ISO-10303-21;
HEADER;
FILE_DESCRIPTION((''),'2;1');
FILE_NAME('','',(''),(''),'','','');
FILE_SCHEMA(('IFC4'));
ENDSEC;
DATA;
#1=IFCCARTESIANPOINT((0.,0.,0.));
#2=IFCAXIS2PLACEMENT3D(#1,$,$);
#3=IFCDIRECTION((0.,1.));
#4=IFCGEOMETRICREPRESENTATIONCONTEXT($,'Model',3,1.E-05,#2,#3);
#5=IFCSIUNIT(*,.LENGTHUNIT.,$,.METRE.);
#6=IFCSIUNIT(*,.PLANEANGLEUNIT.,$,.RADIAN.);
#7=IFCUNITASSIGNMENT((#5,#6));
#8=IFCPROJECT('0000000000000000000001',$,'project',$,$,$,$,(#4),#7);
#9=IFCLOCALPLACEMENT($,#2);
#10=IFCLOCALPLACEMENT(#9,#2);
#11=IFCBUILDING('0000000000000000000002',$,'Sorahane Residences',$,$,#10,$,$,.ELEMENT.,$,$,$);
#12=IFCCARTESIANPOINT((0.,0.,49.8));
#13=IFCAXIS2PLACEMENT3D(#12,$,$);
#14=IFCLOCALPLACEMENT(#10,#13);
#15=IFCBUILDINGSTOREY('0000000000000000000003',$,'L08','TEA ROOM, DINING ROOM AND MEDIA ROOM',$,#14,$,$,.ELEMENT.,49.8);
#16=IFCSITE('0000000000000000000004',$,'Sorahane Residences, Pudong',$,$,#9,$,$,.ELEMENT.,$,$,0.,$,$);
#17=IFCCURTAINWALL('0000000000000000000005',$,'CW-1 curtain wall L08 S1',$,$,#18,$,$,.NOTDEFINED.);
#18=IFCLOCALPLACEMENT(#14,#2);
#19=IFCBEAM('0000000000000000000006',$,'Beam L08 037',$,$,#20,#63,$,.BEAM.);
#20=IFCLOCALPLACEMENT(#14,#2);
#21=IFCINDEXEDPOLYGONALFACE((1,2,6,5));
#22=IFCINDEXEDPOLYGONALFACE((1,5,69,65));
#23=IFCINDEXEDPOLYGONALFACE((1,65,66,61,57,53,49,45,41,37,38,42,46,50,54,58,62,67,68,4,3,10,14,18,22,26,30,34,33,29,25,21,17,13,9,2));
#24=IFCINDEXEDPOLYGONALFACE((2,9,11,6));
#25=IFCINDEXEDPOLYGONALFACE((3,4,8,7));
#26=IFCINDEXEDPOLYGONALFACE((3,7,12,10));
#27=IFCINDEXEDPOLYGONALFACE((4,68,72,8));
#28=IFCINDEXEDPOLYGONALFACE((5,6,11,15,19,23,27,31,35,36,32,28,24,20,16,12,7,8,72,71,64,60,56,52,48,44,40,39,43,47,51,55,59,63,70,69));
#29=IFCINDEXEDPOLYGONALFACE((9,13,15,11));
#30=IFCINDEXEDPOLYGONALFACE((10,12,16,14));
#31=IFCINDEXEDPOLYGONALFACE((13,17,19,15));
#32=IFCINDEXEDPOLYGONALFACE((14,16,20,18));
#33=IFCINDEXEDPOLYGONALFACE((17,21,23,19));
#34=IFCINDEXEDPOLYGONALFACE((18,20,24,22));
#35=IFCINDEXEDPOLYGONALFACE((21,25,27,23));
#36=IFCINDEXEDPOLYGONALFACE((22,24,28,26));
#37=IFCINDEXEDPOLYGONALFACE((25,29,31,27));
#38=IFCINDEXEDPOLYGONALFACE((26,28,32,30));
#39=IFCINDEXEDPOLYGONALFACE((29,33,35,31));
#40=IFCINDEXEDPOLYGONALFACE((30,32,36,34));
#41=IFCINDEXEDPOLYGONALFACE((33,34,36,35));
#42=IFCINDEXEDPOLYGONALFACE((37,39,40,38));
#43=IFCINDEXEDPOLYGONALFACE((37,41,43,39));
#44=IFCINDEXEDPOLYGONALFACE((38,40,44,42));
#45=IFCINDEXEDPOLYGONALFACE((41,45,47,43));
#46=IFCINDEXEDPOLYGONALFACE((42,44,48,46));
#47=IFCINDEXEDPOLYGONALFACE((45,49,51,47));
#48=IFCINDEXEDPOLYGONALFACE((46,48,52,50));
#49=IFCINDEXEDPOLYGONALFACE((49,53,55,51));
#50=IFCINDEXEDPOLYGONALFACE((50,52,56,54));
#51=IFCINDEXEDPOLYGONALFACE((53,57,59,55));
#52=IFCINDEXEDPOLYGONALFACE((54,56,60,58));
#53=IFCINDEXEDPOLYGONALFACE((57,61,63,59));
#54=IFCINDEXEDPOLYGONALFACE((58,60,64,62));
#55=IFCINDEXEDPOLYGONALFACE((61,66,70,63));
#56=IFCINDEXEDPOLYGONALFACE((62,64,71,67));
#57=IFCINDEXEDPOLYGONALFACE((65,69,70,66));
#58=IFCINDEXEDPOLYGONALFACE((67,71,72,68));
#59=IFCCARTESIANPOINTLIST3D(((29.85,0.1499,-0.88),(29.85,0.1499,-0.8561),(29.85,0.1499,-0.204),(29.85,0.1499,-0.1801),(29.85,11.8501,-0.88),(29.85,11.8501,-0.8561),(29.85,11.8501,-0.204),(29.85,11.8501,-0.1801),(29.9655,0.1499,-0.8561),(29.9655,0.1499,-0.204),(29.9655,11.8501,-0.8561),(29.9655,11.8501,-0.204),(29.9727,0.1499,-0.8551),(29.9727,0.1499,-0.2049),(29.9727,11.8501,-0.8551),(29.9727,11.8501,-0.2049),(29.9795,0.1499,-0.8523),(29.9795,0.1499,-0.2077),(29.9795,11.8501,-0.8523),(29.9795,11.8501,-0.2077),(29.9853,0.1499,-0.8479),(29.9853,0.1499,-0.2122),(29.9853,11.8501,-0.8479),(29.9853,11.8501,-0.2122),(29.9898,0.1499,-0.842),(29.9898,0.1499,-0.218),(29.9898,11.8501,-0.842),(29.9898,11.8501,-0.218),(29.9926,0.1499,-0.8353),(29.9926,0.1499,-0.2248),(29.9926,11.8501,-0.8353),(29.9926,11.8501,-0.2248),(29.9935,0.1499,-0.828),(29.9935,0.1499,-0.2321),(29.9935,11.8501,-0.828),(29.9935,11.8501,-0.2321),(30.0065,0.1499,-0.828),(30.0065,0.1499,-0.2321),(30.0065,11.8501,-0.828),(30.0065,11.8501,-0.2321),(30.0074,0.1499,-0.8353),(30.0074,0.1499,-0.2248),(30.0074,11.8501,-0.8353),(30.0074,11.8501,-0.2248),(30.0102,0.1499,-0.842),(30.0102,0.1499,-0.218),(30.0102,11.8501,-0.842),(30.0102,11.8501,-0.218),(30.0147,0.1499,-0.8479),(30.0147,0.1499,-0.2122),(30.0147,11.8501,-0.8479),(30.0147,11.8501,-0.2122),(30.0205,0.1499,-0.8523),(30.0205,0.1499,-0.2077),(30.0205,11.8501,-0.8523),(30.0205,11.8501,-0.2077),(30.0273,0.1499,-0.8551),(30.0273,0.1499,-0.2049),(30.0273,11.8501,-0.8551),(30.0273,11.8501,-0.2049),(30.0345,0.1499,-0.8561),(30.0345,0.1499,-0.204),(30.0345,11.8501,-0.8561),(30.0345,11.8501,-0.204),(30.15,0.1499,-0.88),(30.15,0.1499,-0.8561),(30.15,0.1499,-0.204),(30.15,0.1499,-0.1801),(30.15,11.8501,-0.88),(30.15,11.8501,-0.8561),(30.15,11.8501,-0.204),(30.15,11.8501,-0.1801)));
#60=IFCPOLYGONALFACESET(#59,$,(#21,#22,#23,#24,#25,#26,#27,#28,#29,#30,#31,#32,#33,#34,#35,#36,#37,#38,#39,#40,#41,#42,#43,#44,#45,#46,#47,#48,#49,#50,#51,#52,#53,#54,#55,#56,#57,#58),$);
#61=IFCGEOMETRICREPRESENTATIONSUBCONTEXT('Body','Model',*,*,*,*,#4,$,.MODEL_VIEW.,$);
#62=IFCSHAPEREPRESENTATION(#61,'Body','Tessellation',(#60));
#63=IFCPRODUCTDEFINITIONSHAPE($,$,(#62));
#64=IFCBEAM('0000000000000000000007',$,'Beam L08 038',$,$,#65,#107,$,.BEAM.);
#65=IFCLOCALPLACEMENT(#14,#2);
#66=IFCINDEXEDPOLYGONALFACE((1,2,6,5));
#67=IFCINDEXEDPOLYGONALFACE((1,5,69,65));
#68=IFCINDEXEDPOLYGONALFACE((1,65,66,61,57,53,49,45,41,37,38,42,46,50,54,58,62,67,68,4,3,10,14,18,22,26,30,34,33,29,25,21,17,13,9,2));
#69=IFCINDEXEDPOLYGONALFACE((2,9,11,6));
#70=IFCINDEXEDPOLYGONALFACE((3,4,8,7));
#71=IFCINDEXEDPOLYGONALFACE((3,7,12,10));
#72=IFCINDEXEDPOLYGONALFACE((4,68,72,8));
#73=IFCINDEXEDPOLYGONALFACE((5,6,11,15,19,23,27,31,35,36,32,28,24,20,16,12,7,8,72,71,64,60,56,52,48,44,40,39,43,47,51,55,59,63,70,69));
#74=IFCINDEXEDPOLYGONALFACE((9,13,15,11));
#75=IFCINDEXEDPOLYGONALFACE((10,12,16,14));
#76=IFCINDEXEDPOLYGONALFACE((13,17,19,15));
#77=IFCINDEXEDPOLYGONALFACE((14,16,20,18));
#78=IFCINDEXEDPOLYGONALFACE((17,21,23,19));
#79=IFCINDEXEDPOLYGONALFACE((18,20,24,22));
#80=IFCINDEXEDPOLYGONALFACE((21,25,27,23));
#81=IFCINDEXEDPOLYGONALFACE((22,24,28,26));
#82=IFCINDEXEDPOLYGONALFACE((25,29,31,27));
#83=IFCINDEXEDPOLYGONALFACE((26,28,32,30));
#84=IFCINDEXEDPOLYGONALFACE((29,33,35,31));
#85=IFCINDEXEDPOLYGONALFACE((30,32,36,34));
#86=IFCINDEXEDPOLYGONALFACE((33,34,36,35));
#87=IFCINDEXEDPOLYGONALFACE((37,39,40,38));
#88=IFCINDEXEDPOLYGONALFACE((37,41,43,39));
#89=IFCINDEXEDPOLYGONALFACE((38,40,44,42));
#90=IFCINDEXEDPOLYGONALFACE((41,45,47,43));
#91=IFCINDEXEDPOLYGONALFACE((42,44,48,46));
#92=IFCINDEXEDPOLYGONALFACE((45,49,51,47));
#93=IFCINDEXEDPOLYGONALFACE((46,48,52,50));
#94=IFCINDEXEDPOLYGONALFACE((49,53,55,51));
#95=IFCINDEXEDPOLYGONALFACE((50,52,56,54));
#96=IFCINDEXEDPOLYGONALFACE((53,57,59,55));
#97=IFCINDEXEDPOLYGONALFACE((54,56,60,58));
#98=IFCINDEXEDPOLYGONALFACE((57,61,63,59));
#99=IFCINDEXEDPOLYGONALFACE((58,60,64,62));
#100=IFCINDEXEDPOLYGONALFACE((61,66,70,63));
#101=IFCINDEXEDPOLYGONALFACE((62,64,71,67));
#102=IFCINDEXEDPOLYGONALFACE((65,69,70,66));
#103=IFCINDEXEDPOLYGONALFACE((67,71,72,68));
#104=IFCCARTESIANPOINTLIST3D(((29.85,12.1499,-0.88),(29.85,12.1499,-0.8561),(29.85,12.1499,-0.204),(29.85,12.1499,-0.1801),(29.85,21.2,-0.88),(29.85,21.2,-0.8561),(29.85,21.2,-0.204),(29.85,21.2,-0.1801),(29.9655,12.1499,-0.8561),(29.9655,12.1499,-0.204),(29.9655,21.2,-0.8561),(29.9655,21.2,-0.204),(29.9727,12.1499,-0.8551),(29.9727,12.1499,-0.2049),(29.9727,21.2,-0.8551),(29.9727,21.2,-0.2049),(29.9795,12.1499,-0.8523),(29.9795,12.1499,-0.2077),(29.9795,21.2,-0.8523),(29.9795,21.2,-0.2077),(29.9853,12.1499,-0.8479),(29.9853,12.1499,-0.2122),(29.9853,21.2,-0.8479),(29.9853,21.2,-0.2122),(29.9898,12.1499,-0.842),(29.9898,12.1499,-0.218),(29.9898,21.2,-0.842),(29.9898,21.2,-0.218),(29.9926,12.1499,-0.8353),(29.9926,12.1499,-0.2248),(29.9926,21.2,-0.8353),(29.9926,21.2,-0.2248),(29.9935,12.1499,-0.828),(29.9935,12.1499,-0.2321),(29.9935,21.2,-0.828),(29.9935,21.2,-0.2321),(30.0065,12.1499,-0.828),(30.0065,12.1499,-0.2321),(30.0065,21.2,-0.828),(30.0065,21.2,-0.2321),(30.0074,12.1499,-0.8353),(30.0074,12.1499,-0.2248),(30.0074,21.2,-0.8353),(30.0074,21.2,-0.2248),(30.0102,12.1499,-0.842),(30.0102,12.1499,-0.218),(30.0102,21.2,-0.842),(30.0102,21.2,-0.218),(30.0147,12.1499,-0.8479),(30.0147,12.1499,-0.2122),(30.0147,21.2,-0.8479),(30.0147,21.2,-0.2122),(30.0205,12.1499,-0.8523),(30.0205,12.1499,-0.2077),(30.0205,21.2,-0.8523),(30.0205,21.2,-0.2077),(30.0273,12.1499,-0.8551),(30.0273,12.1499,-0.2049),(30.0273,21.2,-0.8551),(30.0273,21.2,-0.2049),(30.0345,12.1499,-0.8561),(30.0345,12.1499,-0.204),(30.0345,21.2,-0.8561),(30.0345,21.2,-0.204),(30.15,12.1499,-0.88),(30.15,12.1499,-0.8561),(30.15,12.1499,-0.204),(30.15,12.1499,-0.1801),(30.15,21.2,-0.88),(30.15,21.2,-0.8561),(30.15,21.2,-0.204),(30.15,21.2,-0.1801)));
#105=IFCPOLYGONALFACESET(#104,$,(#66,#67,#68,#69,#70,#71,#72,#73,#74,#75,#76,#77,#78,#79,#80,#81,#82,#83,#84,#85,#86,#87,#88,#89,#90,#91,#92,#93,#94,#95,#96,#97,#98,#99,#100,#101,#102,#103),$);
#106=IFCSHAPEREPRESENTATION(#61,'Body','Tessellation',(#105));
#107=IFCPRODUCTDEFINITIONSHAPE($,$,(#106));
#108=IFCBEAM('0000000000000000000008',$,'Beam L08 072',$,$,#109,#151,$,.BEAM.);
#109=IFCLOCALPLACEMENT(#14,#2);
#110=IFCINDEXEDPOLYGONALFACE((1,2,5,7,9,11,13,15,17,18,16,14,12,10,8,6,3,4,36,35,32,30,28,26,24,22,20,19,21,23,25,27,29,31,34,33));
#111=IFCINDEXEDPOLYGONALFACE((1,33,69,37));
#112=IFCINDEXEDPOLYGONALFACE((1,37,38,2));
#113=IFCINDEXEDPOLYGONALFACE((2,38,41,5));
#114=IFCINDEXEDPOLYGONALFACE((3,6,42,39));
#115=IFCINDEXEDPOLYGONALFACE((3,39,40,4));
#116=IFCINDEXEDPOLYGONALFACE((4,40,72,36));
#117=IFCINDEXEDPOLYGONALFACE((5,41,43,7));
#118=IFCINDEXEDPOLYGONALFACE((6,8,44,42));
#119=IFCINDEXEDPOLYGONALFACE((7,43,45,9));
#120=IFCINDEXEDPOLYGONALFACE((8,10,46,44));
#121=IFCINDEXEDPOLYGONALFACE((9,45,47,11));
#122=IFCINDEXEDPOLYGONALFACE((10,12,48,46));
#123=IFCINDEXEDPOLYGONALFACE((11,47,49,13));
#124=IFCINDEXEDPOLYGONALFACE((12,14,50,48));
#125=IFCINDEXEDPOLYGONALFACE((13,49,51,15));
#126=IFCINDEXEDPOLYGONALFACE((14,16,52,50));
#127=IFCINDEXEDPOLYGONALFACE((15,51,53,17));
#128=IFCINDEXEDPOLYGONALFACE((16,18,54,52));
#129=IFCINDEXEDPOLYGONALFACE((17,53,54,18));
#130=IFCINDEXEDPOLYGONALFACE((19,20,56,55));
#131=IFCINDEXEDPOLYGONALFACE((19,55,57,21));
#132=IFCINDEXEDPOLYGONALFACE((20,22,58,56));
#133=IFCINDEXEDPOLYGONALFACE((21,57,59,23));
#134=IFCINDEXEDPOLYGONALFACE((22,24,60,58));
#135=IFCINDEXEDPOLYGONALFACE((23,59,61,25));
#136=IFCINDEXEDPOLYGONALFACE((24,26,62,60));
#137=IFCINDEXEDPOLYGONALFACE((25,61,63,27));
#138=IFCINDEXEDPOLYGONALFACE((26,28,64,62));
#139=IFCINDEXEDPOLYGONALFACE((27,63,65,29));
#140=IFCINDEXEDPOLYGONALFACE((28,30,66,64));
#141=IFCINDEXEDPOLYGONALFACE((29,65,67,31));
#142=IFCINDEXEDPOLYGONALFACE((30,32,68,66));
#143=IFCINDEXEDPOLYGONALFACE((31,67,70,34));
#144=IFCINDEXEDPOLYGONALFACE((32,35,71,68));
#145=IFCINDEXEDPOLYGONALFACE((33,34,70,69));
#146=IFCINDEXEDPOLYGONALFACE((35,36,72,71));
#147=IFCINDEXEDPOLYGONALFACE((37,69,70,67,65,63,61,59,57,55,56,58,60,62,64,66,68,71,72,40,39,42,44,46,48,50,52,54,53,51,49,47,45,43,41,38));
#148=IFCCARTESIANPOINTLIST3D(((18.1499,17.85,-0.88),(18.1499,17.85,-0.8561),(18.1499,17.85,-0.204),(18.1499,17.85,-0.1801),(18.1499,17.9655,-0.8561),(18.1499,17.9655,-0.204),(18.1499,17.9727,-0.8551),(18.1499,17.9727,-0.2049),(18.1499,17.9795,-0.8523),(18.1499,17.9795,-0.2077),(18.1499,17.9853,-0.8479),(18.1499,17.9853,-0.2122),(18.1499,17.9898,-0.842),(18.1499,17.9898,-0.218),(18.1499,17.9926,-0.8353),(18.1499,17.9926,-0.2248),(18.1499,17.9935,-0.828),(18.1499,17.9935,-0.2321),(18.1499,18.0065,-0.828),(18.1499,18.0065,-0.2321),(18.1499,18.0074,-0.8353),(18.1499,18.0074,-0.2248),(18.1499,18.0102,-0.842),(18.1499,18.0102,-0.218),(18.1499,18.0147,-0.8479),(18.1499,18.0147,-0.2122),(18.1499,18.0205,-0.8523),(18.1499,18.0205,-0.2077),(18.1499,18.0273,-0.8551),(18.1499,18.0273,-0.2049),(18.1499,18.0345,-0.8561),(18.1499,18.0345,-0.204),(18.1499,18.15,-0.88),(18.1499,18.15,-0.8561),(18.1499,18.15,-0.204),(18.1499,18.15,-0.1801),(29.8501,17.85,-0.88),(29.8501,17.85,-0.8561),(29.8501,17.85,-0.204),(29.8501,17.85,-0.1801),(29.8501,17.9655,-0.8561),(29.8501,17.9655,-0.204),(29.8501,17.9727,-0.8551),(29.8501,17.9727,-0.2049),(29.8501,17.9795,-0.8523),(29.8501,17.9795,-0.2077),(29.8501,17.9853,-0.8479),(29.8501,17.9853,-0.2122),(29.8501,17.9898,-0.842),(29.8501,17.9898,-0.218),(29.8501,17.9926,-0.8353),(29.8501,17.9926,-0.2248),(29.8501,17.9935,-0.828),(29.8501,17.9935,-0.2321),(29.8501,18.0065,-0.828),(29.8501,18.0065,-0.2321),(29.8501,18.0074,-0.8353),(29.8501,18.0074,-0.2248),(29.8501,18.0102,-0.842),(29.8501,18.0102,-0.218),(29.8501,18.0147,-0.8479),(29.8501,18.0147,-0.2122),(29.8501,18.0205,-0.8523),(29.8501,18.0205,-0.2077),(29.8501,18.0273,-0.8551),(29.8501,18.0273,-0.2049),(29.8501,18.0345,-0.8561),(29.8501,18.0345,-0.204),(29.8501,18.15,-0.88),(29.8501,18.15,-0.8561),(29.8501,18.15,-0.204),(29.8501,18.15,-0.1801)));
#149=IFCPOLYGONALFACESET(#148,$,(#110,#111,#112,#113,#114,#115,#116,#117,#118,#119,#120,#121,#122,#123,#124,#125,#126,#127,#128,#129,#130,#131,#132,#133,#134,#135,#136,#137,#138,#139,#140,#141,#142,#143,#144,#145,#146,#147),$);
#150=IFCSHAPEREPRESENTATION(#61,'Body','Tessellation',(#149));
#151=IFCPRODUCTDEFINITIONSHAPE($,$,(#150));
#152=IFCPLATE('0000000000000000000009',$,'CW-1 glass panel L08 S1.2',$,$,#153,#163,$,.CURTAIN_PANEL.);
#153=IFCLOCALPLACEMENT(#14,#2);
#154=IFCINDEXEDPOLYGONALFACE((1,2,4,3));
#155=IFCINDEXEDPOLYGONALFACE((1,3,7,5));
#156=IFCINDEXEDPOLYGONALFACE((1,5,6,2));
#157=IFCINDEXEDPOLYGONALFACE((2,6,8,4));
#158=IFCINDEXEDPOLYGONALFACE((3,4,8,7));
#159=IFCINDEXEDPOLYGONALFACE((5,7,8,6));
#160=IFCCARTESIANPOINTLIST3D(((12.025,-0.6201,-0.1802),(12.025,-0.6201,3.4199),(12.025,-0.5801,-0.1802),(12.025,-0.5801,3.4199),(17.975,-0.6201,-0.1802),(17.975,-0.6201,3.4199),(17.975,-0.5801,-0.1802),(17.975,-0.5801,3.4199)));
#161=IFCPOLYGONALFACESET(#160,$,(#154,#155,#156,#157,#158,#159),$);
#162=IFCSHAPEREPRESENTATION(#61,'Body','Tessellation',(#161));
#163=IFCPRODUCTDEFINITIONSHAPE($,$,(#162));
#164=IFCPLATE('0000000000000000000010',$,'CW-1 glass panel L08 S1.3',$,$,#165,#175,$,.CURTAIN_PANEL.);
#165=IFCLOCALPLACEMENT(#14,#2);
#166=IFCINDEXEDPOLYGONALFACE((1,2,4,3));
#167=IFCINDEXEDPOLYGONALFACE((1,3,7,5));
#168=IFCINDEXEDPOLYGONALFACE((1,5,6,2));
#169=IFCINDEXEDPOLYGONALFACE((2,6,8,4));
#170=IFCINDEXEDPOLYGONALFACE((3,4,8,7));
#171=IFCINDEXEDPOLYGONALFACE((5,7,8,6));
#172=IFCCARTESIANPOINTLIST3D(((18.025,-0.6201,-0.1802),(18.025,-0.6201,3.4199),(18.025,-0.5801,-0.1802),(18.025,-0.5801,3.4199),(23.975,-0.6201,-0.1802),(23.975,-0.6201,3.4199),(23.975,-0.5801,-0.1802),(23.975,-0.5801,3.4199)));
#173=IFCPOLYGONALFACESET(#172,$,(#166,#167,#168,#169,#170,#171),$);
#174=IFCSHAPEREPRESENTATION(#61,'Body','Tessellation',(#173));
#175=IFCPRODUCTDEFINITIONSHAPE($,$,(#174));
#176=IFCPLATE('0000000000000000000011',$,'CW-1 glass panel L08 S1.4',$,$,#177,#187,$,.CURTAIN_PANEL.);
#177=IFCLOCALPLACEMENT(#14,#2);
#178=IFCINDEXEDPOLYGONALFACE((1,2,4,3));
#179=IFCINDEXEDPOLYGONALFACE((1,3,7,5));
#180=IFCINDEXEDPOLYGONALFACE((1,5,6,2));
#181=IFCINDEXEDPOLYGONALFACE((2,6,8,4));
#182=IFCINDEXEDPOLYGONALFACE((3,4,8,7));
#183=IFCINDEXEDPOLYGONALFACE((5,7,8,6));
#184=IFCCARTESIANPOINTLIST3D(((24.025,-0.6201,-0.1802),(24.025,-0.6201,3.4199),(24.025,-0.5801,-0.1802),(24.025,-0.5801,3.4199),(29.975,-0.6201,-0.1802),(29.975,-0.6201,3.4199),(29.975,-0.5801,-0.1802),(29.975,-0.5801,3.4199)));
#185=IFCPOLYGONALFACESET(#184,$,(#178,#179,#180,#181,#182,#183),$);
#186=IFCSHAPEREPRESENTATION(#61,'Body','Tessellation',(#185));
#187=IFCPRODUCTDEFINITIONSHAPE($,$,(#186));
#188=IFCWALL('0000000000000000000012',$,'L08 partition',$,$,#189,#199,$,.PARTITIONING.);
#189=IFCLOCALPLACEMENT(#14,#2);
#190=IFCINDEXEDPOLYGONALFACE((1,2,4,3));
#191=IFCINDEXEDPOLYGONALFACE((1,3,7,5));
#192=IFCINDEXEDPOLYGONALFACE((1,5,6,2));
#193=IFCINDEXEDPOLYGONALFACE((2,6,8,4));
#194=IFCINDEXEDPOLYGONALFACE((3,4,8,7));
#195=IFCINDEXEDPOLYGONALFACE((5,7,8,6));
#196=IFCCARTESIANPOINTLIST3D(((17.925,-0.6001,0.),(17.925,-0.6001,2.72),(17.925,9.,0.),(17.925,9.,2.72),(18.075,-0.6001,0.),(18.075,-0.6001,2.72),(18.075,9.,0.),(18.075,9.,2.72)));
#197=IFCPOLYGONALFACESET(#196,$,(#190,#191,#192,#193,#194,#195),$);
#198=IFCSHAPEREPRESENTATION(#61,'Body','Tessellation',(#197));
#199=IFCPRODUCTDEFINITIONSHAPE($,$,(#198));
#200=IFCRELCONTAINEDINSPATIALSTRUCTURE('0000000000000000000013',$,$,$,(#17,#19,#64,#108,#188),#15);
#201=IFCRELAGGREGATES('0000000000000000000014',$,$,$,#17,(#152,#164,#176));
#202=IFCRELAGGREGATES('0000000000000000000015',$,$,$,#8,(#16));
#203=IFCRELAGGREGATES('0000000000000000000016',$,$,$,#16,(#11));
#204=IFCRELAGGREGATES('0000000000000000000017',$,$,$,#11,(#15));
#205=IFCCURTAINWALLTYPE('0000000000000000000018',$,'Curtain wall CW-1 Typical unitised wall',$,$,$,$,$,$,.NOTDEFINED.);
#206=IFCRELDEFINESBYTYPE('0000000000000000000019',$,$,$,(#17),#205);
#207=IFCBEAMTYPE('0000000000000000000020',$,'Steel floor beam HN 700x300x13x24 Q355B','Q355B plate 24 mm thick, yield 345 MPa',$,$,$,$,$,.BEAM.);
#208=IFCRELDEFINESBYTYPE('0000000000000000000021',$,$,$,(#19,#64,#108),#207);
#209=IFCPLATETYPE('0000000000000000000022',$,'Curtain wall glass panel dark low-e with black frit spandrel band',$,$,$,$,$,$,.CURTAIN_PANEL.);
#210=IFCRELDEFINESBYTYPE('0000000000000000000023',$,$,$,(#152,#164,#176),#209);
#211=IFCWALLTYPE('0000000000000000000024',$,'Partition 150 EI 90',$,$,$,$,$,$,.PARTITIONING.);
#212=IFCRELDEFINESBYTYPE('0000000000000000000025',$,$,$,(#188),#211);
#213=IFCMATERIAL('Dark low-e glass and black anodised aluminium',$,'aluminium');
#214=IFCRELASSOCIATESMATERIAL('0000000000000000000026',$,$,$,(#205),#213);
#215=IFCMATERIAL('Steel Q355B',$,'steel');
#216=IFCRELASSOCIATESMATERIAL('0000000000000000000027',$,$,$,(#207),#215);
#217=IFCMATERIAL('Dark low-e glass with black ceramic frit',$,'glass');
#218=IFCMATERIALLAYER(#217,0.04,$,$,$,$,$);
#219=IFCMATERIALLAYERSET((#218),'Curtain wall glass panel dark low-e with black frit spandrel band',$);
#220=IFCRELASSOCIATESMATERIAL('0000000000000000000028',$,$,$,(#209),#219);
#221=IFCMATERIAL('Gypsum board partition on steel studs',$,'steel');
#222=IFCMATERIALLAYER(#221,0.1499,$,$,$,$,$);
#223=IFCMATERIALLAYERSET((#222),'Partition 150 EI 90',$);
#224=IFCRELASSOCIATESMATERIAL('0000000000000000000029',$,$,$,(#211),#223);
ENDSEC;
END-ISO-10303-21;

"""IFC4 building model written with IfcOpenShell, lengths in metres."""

from ifc_helpers import new_model, si_unit, direction, frame, frame_2d, origin, origin_2d, place, context, subcontext, project, spatial, rectangle, i_section, extrude, material, layer, layer_set, material_profile, profile_set, type_object, element, aggregate, save


model = new_model("IFC4")

# Units and contexts
model_context = context("Model", 3, precision=1e-05, world=origin(), true_north=direction((0.0, 1.0)))
body_context = subcontext(model_context, "Body", "Model", "MODEL_VIEW")
ifc_project = project(units=[si_unit("LENGTHUNIT", "METRE"), si_unit("PLANEANGLEUNIT", "RADIAN")], contexts=[model_context])

# Site, building, storey
site_placement = place(None, origin())
site = spatial("IfcSite", under=ifc_project, at=site_placement, Name="Sorahane Residences, Pudong", CompositionType="ELEMENT", RefElevation=0.0)
building_placement = place(site_placement, origin())
building = spatial("IfcBuilding", under=site, at=building_placement, Name="Sorahane Residences", CompositionType="ELEMENT")
storey_placement = place(building_placement, frame((0.0, 0.0, 49.8)))
storey = spatial("IfcBuildingStorey", under=building, at=storey_placement, Name="L08", Description="TEA ROOM, DINING ROOM AND MEDIA ROOM", CompositionType="ELEMENT", Elevation=49.8)

# Curtain wall
ifc_material_1 = material(Name="Dark low-e glass and black anodised aluminium", Category="aluminium")
curtain_wall_type = type_object("IfcCurtainWallType", Name="Curtain wall CW-1 Typical unitised wall", PredefinedType="NOTDEFINED", material=ifc_material_1)
curtain_wall_placement = place(storey_placement, origin())
curtain_wall = element("IfcCurtainWall", 1, at=curtain_wall_placement, inside=storey, type_object=curtain_wall_type, Name="CW-1 curtain wall L08 S1", PredefinedType="NOTDEFINED")

# Beams
ifc_material_2 = material(Name="Steel Q355B", Category="steel")
ifc_material_profile_1 = material_profile(ifc_material_2, i_section(OverallWidth=0.3, OverallDepth=0.7, WebThickness=0.0129, FlangeThickness=0.0239, FilletRadius=0.0281, at=origin_2d()), Name="HN 700x300x13x24")
ifc_profile_set_1 = profile_set([ifc_material_profile_1], Name="Steel Q355B")
beam_type_1 = type_object("IfcBeamType", Name="Steel floor beam HN 700x300x13x24 Q355B", Description="Q355B plate 24 mm thick, yield 345 MPa", PredefinedType="BEAM", material=ifc_profile_set_1)
beam_1_placement = place(storey_placement, frame((30.0, 0.1499, -0.53), z_axis=(0.0, 1.0, 0.0), x_axis=(-1.0, 0.0, 0.0)))
element("IfcBeam", 2, at=beam_1_placement, inside=storey, type_object=beam_type_1, Name="Beam L08 037", PredefinedType="BEAM", context=body_context, shape_type="SweptSolid", body=[
    extrude(i_section(OverallWidth=0.3, OverallDepth=0.7, WebThickness=0.0129, FlangeThickness=0.0239, FilletRadius=0.0281, at=origin_2d()), origin(), (0.0, 0.0, 1.0), 11.7002),
])
beam_2_placement = place(storey_placement, frame((30.0, 12.1499, -0.53), z_axis=(0.0, 1.0, 0.0), x_axis=(-1.0, 0.0, 0.0)))
element("IfcBeam", 3, at=beam_2_placement, inside=storey, type_object=beam_type_1, Name="Beam L08 038", PredefinedType="BEAM", context=body_context, shape_type="SweptSolid", body=[
    extrude(i_section(OverallWidth=0.3, OverallDepth=0.7, WebThickness=0.0129, FlangeThickness=0.0239, FilletRadius=0.0281, at=origin_2d()), origin(), (0.0, 0.0, 1.0), 9.05),
])
beam_3_placement = place(storey_placement, frame((18.1499, 18.0, -0.53), z_axis=(1.0, 0.0, 0.0), x_axis=(0.0, 1.0, 0.0)))
element("IfcBeam", 4, at=beam_3_placement, inside=storey, type_object=beam_type_1, Name="Beam L08 072", PredefinedType="BEAM", context=body_context, shape_type="SweptSolid", body=[
    extrude(i_section(OverallWidth=0.3, OverallDepth=0.7, WebThickness=0.0129, FlangeThickness=0.0239, FilletRadius=0.0281, at=origin_2d()), origin(), (0.0, 0.0, 1.0), 11.7002),
])

# Plates
ifc_material_3 = material(Name="Dark low-e glass with black ceramic frit", Category="glass")
ifc_layer_1 = layer(ifc_material_3, 0.04)
ifc_layer_set_1 = layer_set([ifc_layer_1], Name="Curtain wall glass panel dark low-e with black frit spandrel band")
plate_type = type_object("IfcPlateType", Name="Curtain wall glass panel dark low-e with black frit spandrel band", PredefinedType="CURTAIN_PANEL", material=ifc_layer_set_1)
plate_1_placement = place(storey_placement, frame((15.0, -0.6001, -0.1802), z_axis=(0.0, 0.0, 1.0), x_axis=(1.0, 0.0, 0.0)))
plate_1 = element("IfcPlate", 5, at=plate_1_placement, type_object=plate_type, Name="CW-1 glass panel L08 S1.2", PredefinedType="CURTAIN_PANEL", context=body_context, shape_type="SweptSolid", body=[
    extrude(rectangle(XDim=5.95, YDim=0.04, at=origin_2d()), origin(), (0.0, 0.0, 1.0), 3.6001),
])
plate_2_placement = place(storey_placement, frame((21.0, -0.6001, -0.1802), z_axis=(0.0, 0.0, 1.0), x_axis=(1.0, 0.0, 0.0)))
plate_2 = element("IfcPlate", 6, at=plate_2_placement, type_object=plate_type, Name="CW-1 glass panel L08 S1.3", PredefinedType="CURTAIN_PANEL", context=body_context, shape_type="SweptSolid", body=[
    extrude(rectangle(XDim=5.95, YDim=0.04, at=origin_2d()), origin(), (0.0, 0.0, 1.0), 3.6001),
])
plate_3_placement = place(storey_placement, frame((27.0, -0.6001, -0.1802), z_axis=(0.0, 0.0, 1.0), x_axis=(1.0, 0.0, 0.0)))
plate_3 = element("IfcPlate", 7, at=plate_3_placement, type_object=plate_type, Name="CW-1 glass panel L08 S1.4", PredefinedType="CURTAIN_PANEL", context=body_context, shape_type="SweptSolid", body=[
    extrude(rectangle(XDim=5.95, YDim=0.04, at=origin_2d()), origin(), (0.0, 0.0, 1.0), 3.6001),
])
aggregate(curtain_wall, [plate_1, plate_2, plate_3])

# Wall
ifc_material_4 = material(Name="Gypsum board partition on steel studs", Category="steel")
ifc_layer_2 = layer(ifc_material_4, 0.1499)
ifc_layer_set_2 = layer_set([ifc_layer_2], Name="Partition 150 EI 90")
wall_type = type_object("IfcWallType", Name="Partition 150 EI 90", PredefinedType="PARTITIONING", material=ifc_layer_set_2)
wall_1_placement = place(storey_placement, frame((18.0, -0.6001, 0.0), z_axis=(0.0, 0.0, 1.0), x_axis=(0.0, 1.0, 0.0)))
element("IfcWall", 8, at=wall_1_placement, inside=storey, type_object=wall_type, Name="L08 partition", PredefinedType="PARTITIONING", context=body_context, shape_type="SweptSolid", body=[
    extrude(rectangle(XDim=9.6001, YDim=0.1499, at=frame_2d((4.8, 0.0))), origin(), (0.0, 0.0, 1.0), 2.72),
])

save(model, "model.ifc")
